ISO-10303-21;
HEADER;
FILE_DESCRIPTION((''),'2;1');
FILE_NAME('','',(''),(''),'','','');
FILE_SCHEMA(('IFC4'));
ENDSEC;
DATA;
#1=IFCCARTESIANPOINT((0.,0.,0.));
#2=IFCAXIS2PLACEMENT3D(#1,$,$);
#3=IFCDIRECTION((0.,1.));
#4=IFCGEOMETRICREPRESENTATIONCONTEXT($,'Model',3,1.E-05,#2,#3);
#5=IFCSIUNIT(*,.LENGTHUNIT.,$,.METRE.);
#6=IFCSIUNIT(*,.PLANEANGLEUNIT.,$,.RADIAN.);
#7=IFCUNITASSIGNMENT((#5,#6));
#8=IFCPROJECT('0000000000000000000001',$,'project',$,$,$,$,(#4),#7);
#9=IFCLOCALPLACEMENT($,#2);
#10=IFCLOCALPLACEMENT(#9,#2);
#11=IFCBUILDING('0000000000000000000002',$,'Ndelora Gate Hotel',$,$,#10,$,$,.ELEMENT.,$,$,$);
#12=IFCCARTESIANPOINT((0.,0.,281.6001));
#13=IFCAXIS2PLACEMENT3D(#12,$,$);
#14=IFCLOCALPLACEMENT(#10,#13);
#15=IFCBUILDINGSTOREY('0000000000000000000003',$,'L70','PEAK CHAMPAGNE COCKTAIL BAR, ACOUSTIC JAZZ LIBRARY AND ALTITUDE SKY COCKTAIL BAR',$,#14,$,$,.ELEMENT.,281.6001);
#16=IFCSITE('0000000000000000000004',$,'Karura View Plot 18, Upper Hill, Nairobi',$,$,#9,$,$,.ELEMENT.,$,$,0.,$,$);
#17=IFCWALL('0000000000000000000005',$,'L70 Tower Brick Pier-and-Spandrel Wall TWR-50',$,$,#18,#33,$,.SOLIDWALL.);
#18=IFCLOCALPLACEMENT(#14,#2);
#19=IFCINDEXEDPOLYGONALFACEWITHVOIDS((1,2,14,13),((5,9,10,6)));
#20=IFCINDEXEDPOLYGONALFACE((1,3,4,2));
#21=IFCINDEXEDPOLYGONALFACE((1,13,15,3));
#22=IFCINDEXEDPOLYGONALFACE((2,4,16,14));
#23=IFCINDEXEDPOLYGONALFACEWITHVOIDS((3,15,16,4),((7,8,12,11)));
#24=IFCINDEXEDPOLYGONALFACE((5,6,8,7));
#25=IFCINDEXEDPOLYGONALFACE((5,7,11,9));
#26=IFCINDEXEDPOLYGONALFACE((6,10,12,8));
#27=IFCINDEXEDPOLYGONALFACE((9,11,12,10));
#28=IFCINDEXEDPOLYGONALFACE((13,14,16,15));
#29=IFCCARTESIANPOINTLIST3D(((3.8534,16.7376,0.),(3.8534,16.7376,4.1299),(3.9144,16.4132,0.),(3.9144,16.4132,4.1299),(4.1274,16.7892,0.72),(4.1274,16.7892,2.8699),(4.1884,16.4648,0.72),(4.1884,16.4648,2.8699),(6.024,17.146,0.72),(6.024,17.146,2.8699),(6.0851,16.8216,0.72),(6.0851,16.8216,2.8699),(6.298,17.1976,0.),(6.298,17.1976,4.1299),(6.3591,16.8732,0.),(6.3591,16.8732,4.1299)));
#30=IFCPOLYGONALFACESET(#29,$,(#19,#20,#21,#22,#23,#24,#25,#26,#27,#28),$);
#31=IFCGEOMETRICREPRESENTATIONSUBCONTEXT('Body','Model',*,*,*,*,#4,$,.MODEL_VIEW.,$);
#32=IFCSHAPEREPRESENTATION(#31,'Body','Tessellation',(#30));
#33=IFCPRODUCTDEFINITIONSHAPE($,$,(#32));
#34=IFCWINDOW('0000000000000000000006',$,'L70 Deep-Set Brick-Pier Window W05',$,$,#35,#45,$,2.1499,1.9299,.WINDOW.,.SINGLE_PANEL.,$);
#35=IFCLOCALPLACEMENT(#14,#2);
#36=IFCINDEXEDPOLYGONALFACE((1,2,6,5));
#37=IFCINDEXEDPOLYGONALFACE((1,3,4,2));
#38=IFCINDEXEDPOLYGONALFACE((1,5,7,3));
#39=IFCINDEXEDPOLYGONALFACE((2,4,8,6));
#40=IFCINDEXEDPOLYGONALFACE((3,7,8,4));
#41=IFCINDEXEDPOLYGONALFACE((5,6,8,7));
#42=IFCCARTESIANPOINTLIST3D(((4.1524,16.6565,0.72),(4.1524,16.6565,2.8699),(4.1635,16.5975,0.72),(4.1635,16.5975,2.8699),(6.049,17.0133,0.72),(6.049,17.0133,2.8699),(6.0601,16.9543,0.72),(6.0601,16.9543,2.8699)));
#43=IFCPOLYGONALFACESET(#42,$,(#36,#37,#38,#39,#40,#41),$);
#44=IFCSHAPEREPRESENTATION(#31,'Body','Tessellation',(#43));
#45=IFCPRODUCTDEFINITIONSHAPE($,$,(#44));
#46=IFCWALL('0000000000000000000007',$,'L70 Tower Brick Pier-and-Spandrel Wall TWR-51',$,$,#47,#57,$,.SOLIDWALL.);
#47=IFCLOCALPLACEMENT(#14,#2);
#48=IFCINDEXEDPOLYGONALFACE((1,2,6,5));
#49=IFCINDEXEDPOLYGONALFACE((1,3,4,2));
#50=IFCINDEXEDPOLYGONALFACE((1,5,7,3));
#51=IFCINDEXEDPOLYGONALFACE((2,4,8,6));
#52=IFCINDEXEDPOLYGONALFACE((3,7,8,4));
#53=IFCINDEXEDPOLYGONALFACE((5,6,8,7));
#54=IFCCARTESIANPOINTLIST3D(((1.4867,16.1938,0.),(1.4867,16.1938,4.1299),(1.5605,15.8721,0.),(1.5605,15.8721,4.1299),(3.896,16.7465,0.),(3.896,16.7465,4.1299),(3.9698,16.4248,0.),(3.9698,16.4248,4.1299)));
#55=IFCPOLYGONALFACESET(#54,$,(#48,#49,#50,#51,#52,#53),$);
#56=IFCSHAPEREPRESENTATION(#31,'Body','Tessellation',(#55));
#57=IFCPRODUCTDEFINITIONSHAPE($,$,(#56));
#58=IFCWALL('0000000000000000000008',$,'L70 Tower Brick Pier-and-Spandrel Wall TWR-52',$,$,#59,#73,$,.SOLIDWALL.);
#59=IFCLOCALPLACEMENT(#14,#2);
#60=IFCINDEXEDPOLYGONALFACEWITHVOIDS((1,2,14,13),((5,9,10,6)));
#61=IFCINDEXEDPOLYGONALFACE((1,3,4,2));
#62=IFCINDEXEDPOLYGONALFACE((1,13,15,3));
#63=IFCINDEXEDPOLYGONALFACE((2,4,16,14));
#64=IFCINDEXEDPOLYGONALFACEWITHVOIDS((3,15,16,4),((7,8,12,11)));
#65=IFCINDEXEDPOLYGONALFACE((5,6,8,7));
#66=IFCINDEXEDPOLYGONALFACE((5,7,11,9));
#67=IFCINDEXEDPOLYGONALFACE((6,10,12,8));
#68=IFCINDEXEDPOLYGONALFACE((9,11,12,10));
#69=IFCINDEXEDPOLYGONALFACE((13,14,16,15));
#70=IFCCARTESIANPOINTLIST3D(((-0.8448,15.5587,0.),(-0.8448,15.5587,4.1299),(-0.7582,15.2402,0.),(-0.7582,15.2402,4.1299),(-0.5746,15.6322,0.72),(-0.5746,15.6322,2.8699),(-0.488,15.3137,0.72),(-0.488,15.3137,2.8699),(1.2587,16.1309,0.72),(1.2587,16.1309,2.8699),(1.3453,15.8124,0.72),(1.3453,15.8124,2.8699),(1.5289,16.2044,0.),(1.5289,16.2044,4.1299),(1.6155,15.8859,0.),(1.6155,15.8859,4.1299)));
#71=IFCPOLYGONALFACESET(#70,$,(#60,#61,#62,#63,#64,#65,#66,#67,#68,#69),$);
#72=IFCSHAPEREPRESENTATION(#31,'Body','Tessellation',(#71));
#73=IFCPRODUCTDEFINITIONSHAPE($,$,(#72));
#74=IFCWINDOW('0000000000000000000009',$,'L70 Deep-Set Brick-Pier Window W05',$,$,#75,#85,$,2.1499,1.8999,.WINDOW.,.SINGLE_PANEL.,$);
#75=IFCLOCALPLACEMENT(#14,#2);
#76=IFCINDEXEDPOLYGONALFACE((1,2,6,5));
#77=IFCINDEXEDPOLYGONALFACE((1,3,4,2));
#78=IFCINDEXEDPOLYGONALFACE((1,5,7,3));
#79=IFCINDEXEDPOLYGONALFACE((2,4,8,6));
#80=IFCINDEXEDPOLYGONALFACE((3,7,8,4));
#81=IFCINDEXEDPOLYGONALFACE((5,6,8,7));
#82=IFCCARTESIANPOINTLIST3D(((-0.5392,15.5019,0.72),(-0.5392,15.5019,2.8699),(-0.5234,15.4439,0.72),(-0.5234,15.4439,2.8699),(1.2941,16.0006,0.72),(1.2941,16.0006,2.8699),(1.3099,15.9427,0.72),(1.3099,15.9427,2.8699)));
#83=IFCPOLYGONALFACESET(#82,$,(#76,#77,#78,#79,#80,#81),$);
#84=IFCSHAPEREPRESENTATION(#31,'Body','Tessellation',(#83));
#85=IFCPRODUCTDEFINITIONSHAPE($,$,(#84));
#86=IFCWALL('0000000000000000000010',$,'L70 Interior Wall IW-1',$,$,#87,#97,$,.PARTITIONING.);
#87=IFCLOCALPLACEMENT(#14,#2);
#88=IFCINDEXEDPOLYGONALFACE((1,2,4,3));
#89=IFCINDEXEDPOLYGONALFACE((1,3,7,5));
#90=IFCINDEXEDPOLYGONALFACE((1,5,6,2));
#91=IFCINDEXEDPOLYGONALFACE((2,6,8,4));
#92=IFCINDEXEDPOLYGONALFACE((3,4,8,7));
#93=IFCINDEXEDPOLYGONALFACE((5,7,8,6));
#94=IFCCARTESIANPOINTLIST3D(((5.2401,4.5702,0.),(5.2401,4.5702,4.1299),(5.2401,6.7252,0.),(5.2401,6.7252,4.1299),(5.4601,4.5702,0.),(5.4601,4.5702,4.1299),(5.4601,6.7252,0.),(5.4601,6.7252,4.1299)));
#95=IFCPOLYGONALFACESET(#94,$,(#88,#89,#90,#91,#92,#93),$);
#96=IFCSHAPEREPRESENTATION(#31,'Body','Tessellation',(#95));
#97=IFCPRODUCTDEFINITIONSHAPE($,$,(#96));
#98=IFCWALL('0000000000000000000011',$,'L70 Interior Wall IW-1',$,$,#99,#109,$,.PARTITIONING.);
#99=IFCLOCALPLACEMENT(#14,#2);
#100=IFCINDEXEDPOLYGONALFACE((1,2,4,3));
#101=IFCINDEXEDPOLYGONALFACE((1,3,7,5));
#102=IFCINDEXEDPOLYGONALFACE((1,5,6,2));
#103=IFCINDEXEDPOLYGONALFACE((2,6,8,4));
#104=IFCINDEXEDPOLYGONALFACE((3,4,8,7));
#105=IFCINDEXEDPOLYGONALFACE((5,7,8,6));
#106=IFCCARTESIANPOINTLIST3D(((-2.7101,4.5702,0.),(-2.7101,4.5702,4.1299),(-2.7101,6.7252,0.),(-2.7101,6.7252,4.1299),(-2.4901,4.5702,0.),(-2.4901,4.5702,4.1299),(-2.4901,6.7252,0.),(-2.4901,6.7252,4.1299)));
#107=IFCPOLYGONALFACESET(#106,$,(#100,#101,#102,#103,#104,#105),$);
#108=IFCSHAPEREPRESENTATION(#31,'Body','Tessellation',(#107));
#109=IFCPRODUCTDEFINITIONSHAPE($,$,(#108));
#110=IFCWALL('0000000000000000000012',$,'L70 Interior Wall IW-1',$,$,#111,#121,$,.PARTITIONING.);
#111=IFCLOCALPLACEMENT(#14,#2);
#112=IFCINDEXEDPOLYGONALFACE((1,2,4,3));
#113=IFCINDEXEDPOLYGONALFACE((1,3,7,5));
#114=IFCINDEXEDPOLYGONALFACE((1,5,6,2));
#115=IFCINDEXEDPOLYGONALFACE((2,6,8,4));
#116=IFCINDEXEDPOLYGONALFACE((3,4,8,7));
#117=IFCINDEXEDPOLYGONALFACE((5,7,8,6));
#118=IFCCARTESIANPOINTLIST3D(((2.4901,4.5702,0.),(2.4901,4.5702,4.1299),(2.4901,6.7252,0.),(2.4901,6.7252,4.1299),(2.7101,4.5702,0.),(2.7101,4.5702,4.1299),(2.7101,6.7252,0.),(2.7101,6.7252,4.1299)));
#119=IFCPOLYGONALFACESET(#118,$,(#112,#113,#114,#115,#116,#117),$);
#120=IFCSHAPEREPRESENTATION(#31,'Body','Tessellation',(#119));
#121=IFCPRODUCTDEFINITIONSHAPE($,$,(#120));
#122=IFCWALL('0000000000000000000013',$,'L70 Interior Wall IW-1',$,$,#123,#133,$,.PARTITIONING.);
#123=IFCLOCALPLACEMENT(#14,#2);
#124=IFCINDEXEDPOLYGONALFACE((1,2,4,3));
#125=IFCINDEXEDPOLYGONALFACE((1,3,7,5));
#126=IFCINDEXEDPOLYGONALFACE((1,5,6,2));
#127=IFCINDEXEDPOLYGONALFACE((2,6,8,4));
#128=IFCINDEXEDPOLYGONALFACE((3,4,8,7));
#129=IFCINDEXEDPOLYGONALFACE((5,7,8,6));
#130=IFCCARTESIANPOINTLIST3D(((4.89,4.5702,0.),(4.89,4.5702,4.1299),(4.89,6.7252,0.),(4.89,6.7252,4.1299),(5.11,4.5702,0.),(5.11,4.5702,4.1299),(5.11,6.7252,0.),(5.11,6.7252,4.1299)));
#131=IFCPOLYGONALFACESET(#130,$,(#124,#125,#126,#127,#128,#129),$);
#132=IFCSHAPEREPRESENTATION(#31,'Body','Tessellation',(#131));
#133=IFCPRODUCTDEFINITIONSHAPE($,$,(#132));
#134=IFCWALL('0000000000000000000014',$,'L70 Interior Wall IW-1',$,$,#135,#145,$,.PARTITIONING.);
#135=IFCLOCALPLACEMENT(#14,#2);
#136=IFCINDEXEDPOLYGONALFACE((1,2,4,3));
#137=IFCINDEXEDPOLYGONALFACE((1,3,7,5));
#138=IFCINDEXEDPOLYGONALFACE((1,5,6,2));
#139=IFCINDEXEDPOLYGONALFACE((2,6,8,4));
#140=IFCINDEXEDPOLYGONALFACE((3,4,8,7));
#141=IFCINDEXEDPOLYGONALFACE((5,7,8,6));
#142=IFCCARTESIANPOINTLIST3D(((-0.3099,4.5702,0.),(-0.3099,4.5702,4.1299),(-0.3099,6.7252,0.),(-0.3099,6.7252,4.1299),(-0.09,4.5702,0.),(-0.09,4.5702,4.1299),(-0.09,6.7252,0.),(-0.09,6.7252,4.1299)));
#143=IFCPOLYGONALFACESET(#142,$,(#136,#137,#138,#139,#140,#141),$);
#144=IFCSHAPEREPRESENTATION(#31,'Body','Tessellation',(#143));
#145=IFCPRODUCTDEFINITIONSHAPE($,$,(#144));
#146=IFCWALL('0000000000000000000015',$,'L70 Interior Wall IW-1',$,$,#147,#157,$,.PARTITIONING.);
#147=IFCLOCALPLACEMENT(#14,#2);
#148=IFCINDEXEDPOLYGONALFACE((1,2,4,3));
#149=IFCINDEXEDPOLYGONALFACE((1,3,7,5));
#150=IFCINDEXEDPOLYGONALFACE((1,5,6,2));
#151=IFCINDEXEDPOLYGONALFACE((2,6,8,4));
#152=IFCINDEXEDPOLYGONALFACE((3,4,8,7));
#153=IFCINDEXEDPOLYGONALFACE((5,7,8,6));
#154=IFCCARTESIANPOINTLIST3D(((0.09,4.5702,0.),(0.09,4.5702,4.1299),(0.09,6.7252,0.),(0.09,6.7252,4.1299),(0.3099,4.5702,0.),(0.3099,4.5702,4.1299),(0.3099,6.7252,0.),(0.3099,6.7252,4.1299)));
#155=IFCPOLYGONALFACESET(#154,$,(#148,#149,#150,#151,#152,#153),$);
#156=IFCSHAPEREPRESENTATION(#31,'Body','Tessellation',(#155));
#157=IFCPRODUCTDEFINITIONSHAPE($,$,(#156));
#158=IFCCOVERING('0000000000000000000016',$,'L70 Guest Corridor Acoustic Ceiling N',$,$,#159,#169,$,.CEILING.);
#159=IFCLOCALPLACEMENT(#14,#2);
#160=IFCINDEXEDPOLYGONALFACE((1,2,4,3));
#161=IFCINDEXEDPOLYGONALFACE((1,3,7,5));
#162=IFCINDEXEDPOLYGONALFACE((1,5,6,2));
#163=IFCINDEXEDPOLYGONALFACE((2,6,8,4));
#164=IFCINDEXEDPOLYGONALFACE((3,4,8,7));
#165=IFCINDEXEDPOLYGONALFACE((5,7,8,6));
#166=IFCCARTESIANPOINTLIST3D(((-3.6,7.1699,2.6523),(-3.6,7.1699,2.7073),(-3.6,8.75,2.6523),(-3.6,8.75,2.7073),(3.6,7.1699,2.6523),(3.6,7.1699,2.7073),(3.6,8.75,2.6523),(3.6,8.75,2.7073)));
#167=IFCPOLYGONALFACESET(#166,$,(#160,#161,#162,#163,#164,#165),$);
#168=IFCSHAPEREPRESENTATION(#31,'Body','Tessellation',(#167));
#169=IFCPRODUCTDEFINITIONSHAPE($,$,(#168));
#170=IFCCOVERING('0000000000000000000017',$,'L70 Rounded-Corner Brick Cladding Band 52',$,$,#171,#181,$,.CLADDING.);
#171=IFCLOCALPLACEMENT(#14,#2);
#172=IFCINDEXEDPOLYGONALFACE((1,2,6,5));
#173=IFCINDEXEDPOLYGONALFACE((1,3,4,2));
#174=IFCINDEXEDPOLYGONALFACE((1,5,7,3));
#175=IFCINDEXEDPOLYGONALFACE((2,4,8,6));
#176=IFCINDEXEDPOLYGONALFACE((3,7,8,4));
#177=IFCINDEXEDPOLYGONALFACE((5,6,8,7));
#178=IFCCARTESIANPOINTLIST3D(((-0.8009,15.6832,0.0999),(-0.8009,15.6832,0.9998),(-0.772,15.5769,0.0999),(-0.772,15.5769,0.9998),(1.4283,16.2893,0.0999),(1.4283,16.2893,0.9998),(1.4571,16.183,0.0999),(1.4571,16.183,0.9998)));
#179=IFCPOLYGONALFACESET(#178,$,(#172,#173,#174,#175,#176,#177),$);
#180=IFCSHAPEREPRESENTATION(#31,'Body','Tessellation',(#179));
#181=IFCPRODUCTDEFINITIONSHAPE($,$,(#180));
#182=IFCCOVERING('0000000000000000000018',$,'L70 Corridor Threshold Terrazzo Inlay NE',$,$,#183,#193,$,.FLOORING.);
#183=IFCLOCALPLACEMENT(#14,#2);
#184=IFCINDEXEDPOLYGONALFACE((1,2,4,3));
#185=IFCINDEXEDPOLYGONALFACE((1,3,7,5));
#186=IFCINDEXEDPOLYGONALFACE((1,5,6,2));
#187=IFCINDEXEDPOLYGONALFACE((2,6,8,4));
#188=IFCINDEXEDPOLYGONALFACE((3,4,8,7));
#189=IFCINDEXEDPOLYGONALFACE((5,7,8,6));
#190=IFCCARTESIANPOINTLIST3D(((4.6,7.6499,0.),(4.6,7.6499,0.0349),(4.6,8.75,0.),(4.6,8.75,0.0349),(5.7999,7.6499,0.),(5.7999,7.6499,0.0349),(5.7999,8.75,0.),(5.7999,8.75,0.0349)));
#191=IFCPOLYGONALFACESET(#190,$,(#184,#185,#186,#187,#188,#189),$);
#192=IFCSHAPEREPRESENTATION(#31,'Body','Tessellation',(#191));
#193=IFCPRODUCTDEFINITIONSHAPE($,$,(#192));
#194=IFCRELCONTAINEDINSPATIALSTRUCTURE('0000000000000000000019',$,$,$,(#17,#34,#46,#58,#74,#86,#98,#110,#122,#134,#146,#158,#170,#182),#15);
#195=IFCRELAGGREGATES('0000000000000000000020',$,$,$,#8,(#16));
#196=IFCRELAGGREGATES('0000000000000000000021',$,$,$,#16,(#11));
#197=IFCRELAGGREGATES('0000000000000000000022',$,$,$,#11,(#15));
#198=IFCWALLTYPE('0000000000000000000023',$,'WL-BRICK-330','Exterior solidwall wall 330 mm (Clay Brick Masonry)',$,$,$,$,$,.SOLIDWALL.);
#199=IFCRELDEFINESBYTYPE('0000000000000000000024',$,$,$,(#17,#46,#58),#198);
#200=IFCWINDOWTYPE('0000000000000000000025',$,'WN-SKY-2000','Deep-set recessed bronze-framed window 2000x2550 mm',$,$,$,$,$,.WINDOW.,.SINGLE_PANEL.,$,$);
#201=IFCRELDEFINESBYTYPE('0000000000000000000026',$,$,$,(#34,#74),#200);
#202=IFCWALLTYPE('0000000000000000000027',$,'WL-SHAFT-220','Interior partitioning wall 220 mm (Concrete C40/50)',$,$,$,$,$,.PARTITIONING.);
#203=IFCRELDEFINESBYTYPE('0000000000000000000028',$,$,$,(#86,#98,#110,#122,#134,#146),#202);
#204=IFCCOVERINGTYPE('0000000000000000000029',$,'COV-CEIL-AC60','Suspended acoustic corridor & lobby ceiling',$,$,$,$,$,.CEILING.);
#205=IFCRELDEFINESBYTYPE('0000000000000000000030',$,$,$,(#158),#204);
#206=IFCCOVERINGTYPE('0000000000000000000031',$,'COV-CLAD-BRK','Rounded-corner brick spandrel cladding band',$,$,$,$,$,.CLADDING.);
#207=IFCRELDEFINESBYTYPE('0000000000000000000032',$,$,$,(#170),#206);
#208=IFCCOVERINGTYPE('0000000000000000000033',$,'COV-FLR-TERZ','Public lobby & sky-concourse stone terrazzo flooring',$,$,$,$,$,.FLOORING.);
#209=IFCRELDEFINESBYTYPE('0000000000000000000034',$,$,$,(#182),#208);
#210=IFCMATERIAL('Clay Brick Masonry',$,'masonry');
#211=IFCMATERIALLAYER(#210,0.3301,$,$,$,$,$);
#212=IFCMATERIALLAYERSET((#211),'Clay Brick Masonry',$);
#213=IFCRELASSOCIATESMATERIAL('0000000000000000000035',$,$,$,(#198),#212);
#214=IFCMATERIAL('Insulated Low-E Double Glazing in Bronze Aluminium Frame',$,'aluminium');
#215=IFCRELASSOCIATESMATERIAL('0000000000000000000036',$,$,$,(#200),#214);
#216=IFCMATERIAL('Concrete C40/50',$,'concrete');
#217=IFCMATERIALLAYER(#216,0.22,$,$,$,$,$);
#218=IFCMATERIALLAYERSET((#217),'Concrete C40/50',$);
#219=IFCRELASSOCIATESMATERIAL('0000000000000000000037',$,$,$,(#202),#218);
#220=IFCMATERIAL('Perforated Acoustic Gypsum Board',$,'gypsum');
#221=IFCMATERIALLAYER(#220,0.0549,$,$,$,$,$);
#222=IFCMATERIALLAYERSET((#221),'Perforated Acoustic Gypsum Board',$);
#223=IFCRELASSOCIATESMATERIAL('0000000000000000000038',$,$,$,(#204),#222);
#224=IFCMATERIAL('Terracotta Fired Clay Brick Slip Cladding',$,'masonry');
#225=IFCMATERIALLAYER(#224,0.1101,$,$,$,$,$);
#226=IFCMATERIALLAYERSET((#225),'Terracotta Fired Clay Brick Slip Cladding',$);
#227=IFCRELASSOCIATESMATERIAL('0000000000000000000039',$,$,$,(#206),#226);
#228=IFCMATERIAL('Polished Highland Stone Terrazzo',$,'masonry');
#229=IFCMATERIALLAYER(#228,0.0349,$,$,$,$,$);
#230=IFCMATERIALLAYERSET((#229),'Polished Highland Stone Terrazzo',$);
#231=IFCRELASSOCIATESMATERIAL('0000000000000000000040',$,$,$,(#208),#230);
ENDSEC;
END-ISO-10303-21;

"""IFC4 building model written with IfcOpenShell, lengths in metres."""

from ifc_helpers import new_model, si_unit, direction, frame, frame_2d, origin, origin_2d, place, context, subcontext, project, spatial, rectangle, extrude, material, layer, layer_set, type_object, element, fill, save


model = new_model("IFC4")

# Units and contexts
model_context = context("Model", 3, precision=1e-05, world=origin(), true_north=direction((0.0, 1.0)))
body_context = subcontext(model_context, "Body", "Model", "MODEL_VIEW")
ifc_project = project(units=[si_unit("LENGTHUNIT", "METRE"), si_unit("PLANEANGLEUNIT", "RADIAN")], contexts=[model_context])

# Site, building, storey
site_placement = place(None, origin())
site = spatial("IfcSite", under=ifc_project, at=site_placement, Name="Karura View Plot 18, Upper Hill, Nairobi", CompositionType="ELEMENT", RefElevation=0.0)
building_placement = place(site_placement, origin())
building = spatial("IfcBuilding", under=site, at=building_placement, Name="Ndelora Gate Hotel", CompositionType="ELEMENT")
storey_placement = place(building_placement, frame((0.0, 0.0, 281.6001)))
storey = spatial("IfcBuildingStorey", under=building, at=storey_placement, Name="L70", Description="PEAK CHAMPAGNE COCKTAIL BAR, ACOUSTIC JAZZ LIBRARY AND ALTITUDE SKY COCKTAIL BAR", CompositionType="ELEMENT", Elevation=281.6001)

# Wall, opening, window
ifc_material_1 = material(Name="Clay Brick Masonry", Category="masonry")
ifc_layer_1 = layer(ifc_material_1, 0.3301)
ifc_layer_set_1 = layer_set([ifc_layer_1], Name="Clay Brick Masonry")
wall_type_1 = type_object("IfcWallType", Name="WL-BRICK-330", Description="Exterior solidwall wall 330 mm (Clay Brick Masonry)", PredefinedType="SOLIDWALL", material=ifc_layer_set_1)
ifc_material_2 = material(Name="Insulated Low-E Double Glazing in Bronze Aluminium Frame", Category="aluminium")
window_type = type_object("IfcWindowType", Name="WN-SKY-2000", Description="Deep-set recessed bronze-framed window 2000x2550 mm", PartitioningType="SINGLE_PANEL", PredefinedType="WINDOW", material=ifc_material_2)
wall_1_placement = place(storey_placement, frame((3.884, 16.5754, 0.0), z_axis=(0.0, 0.0, 1.0), x_axis=(0.982755, 0.184911, 0.0)))
wall_1 = element("IfcWall", 1, at=wall_1_placement, inside=storey, type_object=wall_type_1, Name="L70 Tower Brick Pier-and-Spandrel Wall TWR-50", PredefinedType="SOLIDWALL", context=body_context, shape_type="SweptSolid", body=[
    extrude(rectangle(XDim=2.4875, YDim=0.3301, at=frame_2d((1.2437, 0.0))), origin(), (0.0, 0.0, 1.0), 4.1299),
])
opening_1_placement = place(wall_1_placement, frame((0.2788, 0.0, 0.72)))
opening_1 = element("IfcOpeningElement", 2, at=opening_1_placement, cuts=wall_1, PredefinedType="OPENING", context=body_context, shape_type="SweptSolid", body=[
    extrude(rectangle(XDim=1.9299, YDim=2.1499, at=frame_2d((0.9648, 1.075))), frame((0.0, 0.175, 0.0), z_axis=(0.0, -1.0, 0.0), x_axis=(1.0, 0.0, 0.0)), (0.0, 0.0, 1.0), 0.3501),
])
window_1_placement = place(opening_1_placement, origin())
window_1 = element("IfcWindow", 3, at=window_1_placement, inside=storey, type_object=window_type, Name="L70 Deep-Set Brick-Pier Window W05", OverallHeight=2.1499, OverallWidth=1.9299, PartitioningType="SINGLE_PANEL", PredefinedType="WINDOW", context=body_context, shape_type="SweptSolid", body=[
    extrude(rectangle(XDim=1.9299, YDim=2.1499, at=frame_2d((0.9648, 1.075))), frame((0.0, 0.03, 0.0), z_axis=(0.0, -1.0, 0.0), x_axis=(1.0, 0.0, 0.0)), (0.0, 0.0, 1.0), 0.0601),
])
fill(opening_1, window_1)

# Wall
wall_2_placement = place(storey_placement, frame((1.5237, 16.033, 0.0), z_axis=(0.0, 0.0, 1.0), x_axis=(0.974682, 0.223597, 0.0)))
element("IfcWall", 4, at=wall_2_placement, inside=storey, type_object=wall_type_1, Name="L70 Tower Brick Pier-and-Spandrel Wall TWR-51", PredefinedType="SOLIDWALL", context=body_context, shape_type="SweptSolid", body=[
    extrude(rectangle(XDim=2.4719, YDim=0.3301, at=frame_2d((1.2358, 0.0))), origin(), (0.0, 0.0, 1.0), 4.1299),
])

# Wall, opening, window
wall_3_placement = place(storey_placement, frame((-0.8015, 15.3994, 0.0), z_axis=(0.0, 0.0, 1.0), x_axis=(0.964933, 0.262496, 0.0)))
wall_3 = element("IfcWall", 5, at=wall_3_placement, inside=storey, type_object=wall_type_1, Name="L70 Tower Brick Pier-and-Spandrel Wall TWR-52", PredefinedType="SOLIDWALL", context=body_context, shape_type="SweptSolid", body=[
    extrude(rectangle(XDim=2.46, YDim=0.3301, at=frame_2d((1.23, 0.0))), origin(), (0.0, 0.0, 1.0), 4.1299),
])
opening_2_placement = place(wall_3_placement, frame((0.28, 0.0, 0.72)))
opening_2 = element("IfcOpeningElement", 6, at=opening_2_placement, cuts=wall_3, PredefinedType="OPENING", context=body_context, shape_type="SweptSolid", body=[
    extrude(rectangle(XDim=1.8999, YDim=2.1499, at=frame_2d((0.95, 1.075))), frame((0.0, 0.175, 0.0), z_axis=(0.0, -1.0, 0.0), x_axis=(1.0, 0.0, 0.0)), (0.0, 0.0, 1.0), 0.3501),
])
window_2_placement = place(opening_2_placement, origin())
window_2 = element("IfcWindow", 7, at=window_2_placement, inside=storey, type_object=window_type, Name="L70 Deep-Set Brick-Pier Window W05", OverallHeight=2.1499, OverallWidth=1.8999, PartitioningType="SINGLE_PANEL", PredefinedType="WINDOW", context=body_context, shape_type="SweptSolid", body=[
    extrude(rectangle(XDim=1.8999, YDim=2.1499, at=frame_2d((0.95, 1.075))), frame((0.0, 0.03, 0.0), z_axis=(0.0, -1.0, 0.0), x_axis=(1.0, 0.0, 0.0)), (0.0, 0.0, 1.0), 0.0601),
])
fill(opening_2, window_2)

# Shared definitions
ifc_material_3 = material(Name="Concrete C40/50", Category="concrete")
ifc_layer_2 = layer(ifc_material_3, 0.22)
ifc_layer_set_2 = layer_set([ifc_layer_2], Name="Concrete C40/50")
wall_type_2 = type_object("IfcWallType", Name="WL-SHAFT-220", Description="Interior partitioning wall 220 mm (Concrete C40/50)", PredefinedType="PARTITIONING", material=ifc_layer_set_2)

# Walls
for number, where, z_axis, x_axis, name in (
    (8, (5.3501, 4.5701, 0.0), (0.0, 0.0, 1.0), (0.0, 1.0, 0.0), "L70 Interior Wall IW-1"),
    (9, (-2.6001, 4.5701, 0.0), (0.0, 0.0, 1.0), (0.0, 1.0, 0.0), "L70 Interior Wall IW-1"),
    (10, (2.6001, 4.5701, 0.0), (0.0, 0.0, 1.0), (0.0, 1.0, 0.0), "L70 Interior Wall IW-1"),
    (11, (5.0, 4.5701, 0.0), (0.0, 0.0, 1.0), (0.0, 1.0, 0.0), "L70 Interior Wall IW-1"),
    (12, (-0.2, 4.5701, 0.0), (0.0, 0.0, 1.0), (0.0, 1.0, 0.0), "L70 Interior Wall IW-1"),
    (13, (0.2, 4.5701, 0.0), (0.0, 0.0, 1.0), (0.0, 1.0, 0.0), "L70 Interior Wall IW-1"),
):
    element("IfcWall", number, at=place(storey_placement, frame(where, z_axis=z_axis, x_axis=x_axis)), inside=storey, type_object=wall_type_2, Name=name, PredefinedType="PARTITIONING", context=body_context, shape_type="SweptSolid", body=[
        extrude(rectangle(XDim=2.155, YDim=0.22, at=frame_2d((1.0776, 0.0))), origin(), (0.0, 0.0, 1.0), 4.1299),
    ])

# Coverings
ifc_material_4 = material(Name="Perforated Acoustic Gypsum Board", Category="gypsum")
ifc_layer_3 = layer(ifc_material_4, 0.0549)
ifc_layer_set_3 = layer_set([ifc_layer_3], Name="Perforated Acoustic Gypsum Board")
covering_type_1 = type_object("IfcCoveringType", Name="COV-CEIL-AC60", Description="Suspended acoustic corridor & lobby ceiling", PredefinedType="CEILING", material=ifc_layer_set_3)
covering_1_placement = place(storey_placement, frame((0.0, 7.96, 2.6523), z_axis=(0.0, 0.0, 1.0), x_axis=(1.0, 0.0, 0.0)))
element("IfcCovering", 14, at=covering_1_placement, inside=storey, type_object=covering_type_1, Name="L70 Guest Corridor Acoustic Ceiling N", PredefinedType="CEILING", context=body_context, shape_type="SweptSolid", body=[
    extrude(rectangle(XDim=7.2, YDim=1.5801, at=origin_2d()), origin(), (0.0, 0.0, 1.0), 0.0549),
])
ifc_material_5 = material(Name="Terracotta Fired Clay Brick Slip Cladding", Category="masonry")
ifc_layer_4 = layer(ifc_material_5, 0.1101)
ifc_layer_set_4 = layer_set([ifc_layer_4], Name="Terracotta Fired Clay Brick Slip Cladding")
covering_type_2 = type_object("IfcCoveringType", Name="COV-CLAD-BRK", Description="Rounded-corner brick spandrel cladding band", PredefinedType="CLADDING", material=ifc_layer_set_4)
covering_2_placement = place(storey_placement, frame((0.3281, 15.9331, 0.0999), z_axis=(0.0, 0.0, 1.0), x_axis=(0.964971, 0.262358, 0.0)))
element("IfcCovering", 15, at=covering_2_placement, inside=storey, type_object=covering_type_2, Name="L70 Rounded-Corner Brick Cladding Band 52", PredefinedType="CLADDING", context=body_context, shape_type="SweptSolid", body=[
    extrude(rectangle(XDim=2.3101, YDim=0.1101, at=origin_2d()), origin(), (0.0, 0.0, 1.0), 0.8999),
])
ifc_material_6 = material(Name="Polished Highland Stone Terrazzo", Category="masonry")
ifc_layer_5 = layer(ifc_material_6, 0.0349)
ifc_layer_set_5 = layer_set([ifc_layer_5], Name="Polished Highland Stone Terrazzo")
covering_type_3 = type_object("IfcCoveringType", Name="COV-FLR-TERZ", Description="Public lobby & sky-concourse stone terrazzo flooring", PredefinedType="FLOORING", material=ifc_layer_set_5)
covering_3_placement = place(storey_placement, frame((5.2, 8.2, 0.0), z_axis=(0.0, 0.0, 1.0), x_axis=(1.0, 0.0, 0.0)))
element("IfcCovering", 16, at=covering_3_placement, inside=storey, type_object=covering_type_3, Name="L70 Corridor Threshold Terrazzo Inlay NE", PredefinedType="FLOORING", context=body_context, shape_type="SweptSolid", body=[
    extrude(rectangle(XDim=1.2, YDim=1.1001, at=origin_2d()), origin(), (0.0, 0.0, 1.0), 0.0349),
])

save(model, "model.ifc")
